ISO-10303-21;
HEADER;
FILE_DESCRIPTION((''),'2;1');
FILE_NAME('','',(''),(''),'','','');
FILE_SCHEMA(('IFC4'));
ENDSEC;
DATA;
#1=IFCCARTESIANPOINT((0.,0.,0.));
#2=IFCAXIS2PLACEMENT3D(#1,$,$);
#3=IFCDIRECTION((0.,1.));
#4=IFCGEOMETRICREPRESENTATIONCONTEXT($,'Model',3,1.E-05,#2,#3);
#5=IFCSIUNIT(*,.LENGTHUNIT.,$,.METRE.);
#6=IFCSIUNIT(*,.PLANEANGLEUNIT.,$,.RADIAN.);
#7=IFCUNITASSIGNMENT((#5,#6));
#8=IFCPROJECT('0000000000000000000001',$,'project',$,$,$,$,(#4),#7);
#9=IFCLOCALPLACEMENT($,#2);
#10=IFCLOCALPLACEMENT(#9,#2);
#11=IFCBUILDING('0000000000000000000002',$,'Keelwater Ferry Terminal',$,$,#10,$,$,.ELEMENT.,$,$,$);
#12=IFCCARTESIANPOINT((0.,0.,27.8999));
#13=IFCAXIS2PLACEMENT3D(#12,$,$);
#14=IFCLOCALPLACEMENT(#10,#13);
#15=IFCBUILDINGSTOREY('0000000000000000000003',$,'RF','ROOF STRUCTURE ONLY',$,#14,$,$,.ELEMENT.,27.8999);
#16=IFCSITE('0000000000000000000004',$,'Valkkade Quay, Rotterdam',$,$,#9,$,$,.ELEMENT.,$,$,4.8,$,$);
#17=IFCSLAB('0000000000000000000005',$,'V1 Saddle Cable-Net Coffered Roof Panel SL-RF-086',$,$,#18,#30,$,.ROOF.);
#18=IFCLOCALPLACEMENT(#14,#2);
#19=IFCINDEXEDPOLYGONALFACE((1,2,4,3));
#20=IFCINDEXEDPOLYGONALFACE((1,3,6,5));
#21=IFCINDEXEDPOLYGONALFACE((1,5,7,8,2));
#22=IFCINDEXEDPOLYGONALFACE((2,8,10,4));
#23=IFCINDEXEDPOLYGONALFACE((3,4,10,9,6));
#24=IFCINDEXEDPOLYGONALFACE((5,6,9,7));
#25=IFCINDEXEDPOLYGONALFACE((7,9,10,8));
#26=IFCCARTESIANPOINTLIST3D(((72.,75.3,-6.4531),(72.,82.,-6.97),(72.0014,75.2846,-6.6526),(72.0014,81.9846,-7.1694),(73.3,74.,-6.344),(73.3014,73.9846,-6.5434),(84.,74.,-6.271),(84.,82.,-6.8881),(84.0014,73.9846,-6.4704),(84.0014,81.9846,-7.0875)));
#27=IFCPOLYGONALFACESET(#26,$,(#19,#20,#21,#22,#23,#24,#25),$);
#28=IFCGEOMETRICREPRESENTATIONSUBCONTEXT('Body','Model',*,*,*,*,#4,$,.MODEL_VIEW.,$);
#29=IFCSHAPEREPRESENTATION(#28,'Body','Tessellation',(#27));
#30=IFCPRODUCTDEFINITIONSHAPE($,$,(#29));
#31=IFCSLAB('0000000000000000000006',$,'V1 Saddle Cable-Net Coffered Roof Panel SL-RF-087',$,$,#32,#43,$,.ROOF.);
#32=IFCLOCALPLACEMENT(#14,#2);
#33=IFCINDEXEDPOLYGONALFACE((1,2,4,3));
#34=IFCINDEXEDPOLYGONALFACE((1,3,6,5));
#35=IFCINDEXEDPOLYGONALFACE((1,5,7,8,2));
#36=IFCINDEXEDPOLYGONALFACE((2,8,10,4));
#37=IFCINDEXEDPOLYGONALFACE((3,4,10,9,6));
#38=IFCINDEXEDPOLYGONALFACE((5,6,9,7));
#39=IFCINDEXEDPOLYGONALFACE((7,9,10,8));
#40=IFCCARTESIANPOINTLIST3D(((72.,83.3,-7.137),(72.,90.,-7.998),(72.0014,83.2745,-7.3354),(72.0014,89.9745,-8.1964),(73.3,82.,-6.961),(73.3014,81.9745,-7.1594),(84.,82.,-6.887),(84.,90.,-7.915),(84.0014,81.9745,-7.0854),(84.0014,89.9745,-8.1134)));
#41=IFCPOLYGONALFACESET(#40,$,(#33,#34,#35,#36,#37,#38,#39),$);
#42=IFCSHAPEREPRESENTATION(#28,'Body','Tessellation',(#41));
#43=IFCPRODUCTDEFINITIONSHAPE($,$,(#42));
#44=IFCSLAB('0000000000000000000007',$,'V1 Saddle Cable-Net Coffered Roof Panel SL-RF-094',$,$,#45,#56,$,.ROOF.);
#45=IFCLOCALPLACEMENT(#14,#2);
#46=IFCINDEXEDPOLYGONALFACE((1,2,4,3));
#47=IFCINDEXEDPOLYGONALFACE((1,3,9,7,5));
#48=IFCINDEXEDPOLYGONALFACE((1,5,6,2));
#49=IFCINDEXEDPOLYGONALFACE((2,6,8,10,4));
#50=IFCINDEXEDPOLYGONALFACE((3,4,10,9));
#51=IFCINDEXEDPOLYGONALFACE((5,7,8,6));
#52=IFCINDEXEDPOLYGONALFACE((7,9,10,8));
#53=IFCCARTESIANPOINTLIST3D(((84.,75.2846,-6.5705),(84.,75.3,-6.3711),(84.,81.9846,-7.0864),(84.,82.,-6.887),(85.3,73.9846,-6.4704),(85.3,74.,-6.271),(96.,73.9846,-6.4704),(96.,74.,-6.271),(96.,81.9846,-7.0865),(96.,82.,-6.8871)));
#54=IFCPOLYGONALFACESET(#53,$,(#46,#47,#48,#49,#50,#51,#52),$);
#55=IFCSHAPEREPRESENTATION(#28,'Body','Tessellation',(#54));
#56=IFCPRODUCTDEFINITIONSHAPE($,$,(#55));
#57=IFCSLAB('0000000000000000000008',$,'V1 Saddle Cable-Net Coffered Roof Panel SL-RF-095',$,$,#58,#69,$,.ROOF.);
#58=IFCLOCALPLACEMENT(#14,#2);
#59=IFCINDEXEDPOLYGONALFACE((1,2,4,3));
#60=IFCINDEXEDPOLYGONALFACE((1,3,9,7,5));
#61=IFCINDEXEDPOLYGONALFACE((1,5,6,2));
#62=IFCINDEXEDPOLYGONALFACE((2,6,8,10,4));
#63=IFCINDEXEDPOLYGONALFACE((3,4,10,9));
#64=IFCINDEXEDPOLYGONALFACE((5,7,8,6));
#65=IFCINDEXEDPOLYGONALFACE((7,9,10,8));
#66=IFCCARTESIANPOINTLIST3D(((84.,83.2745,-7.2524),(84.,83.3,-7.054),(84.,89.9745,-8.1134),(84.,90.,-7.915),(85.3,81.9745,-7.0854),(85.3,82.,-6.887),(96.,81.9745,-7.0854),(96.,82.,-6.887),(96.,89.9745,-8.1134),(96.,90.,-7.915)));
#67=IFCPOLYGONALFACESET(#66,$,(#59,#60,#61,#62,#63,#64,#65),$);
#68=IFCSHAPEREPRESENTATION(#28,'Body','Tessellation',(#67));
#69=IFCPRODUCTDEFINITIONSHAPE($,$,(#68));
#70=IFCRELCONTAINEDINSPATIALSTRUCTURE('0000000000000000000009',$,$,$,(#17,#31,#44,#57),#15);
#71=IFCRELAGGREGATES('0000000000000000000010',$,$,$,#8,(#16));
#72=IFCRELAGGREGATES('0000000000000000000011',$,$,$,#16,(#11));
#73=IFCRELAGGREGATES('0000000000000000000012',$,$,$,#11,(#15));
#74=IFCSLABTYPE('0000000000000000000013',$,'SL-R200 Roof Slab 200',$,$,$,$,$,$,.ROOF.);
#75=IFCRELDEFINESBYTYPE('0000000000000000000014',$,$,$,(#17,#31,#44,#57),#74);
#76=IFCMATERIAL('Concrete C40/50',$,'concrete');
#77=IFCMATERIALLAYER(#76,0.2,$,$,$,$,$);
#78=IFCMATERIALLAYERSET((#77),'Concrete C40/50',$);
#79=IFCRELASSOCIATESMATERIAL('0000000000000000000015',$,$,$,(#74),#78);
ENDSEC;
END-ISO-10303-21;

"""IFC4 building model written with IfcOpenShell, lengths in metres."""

from ifc_helpers import new_model, si_unit, direction, frame, origin, origin_with_axes, place, context, subcontext, project, spatial, polyline, outline, extrude, material, layer, layer_set, type_object, element, save


model = new_model("IFC4")

# Units and contexts
model_context = context("Model", 3, precision=1e-05, world=origin(), true_north=direction((0.0, 1.0)))
body_context = subcontext(model_context, "Body", "Model", "MODEL_VIEW")
ifc_project = project(units=[si_unit("LENGTHUNIT", "METRE"), si_unit("PLANEANGLEUNIT", "RADIAN")], contexts=[model_context])

# Site, building, storey
site_placement = place(None, origin())
site = spatial("IfcSite", under=ifc_project, at=site_placement, Name="Valkkade Quay, Rotterdam", CompositionType="ELEMENT", RefElevation=4.8)
building_placement = place(site_placement, origin())
building = spatial("IfcBuilding", under=site, at=building_placement, Name="Keelwater Ferry Terminal", CompositionType="ELEMENT")
storey_placement = place(building_placement, frame((0.0, 0.0, 27.8999)))
storey = spatial("IfcBuildingStorey", under=building, at=storey_placement, Name="RF", Description="ROOF STRUCTURE ONLY", CompositionType="ELEMENT", Elevation=27.8999)

# Slabs
ifc_material_1 = material(Name="Concrete C40/50", Category="concrete")
ifc_layer = layer(ifc_material_1, 0.2)
ifc_layer_set = layer_set([ifc_layer], Name="Concrete C40/50")
slab_type = type_object("IfcSlabType", Name="SL-R200 Roof Slab 200", PredefinedType="ROOF", material=ifc_layer_set)
slab_1_placement = place(storey_placement, frame((73.3014, 73.9846, -6.5434), z_axis=(-0.006803, 0.076907, 0.997015), x_axis=(0.999977, 0.000523, 0.006783)))
element("IfcSlab", 1, at=slab_1_placement, inside=storey, type_object=slab_type, Name="V1 Saddle Cable-Net Coffered Roof Panel SL-RF-086", PredefinedType="ROOF", context=body_context, shape_type="SweptSolid", body=[
    extrude(outline(polyline([(0.0, 0.0), (10.7002, -0.0056), (10.7002, 8.0181), (-1.3, 8.0244), (-1.3, 1.3045), (0.0, 0.0)])), origin_with_axes(), (0.0, 0.0, 1.0), 0.2),
])
slab_2_placement = place(storey_placement, frame((73.3014, 81.9745, -7.1594), z_axis=(-0.006858, 0.127451, 0.991821), x_axis=(0.999976, 0.000874, 0.006803)))
element("IfcSlab", 2, at=slab_2_placement, inside=storey, type_object=slab_type, Name="V1 Saddle Cable-Net Coffered Roof Panel SL-RF-087", PredefinedType="ROOF", context=body_context, shape_type="SweptSolid", body=[
    extrude(outline(polyline([(0.0, 0.0), (10.7003, -0.0094), (10.7003, 8.0563), (-1.3, 8.0669), (-1.3, 1.3118), (0.0, 0.0)])), origin_with_axes(), (0.0, 0.0, 1.0), 0.2),
])
slab_3_placement = place(storey_placement, frame((85.3, 73.9846, -6.4704), z_axis=(0.000003, 0.076775, 0.997048), x_axis=(1.0, 0.0, -0.000003)))
element("IfcSlab", 3, at=slab_3_placement, inside=storey, type_object=slab_type, Name="V1 Saddle Cable-Net Coffered Roof Panel SL-RF-094", PredefinedType="ROOF", context=body_context, shape_type="SweptSolid", body=[
    extrude(outline(polyline([(0.0, 0.0), (10.7, 0.0), (10.7, 8.0237), (-1.3, 8.0237), (-1.3, 1.3038), (0.0, 0.0)])), origin_with_axes(), (0.0, 0.0, 1.0), 0.2),
])
slab_4_placement = place(storey_placement, frame((85.3, 81.9745, -7.0854), z_axis=(0.000001, 0.127453, 0.991845), x_axis=(1.0, 0.0, -0.000001)))
element("IfcSlab", 4, at=slab_4_placement, inside=storey, type_object=slab_type, Name="V1 Saddle Cable-Net Coffered Roof Panel SL-RF-095", PredefinedType="ROOF", context=body_context, shape_type="SweptSolid", body=[
    extrude(outline(polyline([(0.0, 0.0), (10.7, 0.0), (10.7, 8.0658), (-1.3, 8.0658), (-1.3, 1.3107), (0.0, 0.0)])), origin_with_axes(), (0.0, 0.0, 1.0), 0.2),
])

save(model, "model.ifc")
